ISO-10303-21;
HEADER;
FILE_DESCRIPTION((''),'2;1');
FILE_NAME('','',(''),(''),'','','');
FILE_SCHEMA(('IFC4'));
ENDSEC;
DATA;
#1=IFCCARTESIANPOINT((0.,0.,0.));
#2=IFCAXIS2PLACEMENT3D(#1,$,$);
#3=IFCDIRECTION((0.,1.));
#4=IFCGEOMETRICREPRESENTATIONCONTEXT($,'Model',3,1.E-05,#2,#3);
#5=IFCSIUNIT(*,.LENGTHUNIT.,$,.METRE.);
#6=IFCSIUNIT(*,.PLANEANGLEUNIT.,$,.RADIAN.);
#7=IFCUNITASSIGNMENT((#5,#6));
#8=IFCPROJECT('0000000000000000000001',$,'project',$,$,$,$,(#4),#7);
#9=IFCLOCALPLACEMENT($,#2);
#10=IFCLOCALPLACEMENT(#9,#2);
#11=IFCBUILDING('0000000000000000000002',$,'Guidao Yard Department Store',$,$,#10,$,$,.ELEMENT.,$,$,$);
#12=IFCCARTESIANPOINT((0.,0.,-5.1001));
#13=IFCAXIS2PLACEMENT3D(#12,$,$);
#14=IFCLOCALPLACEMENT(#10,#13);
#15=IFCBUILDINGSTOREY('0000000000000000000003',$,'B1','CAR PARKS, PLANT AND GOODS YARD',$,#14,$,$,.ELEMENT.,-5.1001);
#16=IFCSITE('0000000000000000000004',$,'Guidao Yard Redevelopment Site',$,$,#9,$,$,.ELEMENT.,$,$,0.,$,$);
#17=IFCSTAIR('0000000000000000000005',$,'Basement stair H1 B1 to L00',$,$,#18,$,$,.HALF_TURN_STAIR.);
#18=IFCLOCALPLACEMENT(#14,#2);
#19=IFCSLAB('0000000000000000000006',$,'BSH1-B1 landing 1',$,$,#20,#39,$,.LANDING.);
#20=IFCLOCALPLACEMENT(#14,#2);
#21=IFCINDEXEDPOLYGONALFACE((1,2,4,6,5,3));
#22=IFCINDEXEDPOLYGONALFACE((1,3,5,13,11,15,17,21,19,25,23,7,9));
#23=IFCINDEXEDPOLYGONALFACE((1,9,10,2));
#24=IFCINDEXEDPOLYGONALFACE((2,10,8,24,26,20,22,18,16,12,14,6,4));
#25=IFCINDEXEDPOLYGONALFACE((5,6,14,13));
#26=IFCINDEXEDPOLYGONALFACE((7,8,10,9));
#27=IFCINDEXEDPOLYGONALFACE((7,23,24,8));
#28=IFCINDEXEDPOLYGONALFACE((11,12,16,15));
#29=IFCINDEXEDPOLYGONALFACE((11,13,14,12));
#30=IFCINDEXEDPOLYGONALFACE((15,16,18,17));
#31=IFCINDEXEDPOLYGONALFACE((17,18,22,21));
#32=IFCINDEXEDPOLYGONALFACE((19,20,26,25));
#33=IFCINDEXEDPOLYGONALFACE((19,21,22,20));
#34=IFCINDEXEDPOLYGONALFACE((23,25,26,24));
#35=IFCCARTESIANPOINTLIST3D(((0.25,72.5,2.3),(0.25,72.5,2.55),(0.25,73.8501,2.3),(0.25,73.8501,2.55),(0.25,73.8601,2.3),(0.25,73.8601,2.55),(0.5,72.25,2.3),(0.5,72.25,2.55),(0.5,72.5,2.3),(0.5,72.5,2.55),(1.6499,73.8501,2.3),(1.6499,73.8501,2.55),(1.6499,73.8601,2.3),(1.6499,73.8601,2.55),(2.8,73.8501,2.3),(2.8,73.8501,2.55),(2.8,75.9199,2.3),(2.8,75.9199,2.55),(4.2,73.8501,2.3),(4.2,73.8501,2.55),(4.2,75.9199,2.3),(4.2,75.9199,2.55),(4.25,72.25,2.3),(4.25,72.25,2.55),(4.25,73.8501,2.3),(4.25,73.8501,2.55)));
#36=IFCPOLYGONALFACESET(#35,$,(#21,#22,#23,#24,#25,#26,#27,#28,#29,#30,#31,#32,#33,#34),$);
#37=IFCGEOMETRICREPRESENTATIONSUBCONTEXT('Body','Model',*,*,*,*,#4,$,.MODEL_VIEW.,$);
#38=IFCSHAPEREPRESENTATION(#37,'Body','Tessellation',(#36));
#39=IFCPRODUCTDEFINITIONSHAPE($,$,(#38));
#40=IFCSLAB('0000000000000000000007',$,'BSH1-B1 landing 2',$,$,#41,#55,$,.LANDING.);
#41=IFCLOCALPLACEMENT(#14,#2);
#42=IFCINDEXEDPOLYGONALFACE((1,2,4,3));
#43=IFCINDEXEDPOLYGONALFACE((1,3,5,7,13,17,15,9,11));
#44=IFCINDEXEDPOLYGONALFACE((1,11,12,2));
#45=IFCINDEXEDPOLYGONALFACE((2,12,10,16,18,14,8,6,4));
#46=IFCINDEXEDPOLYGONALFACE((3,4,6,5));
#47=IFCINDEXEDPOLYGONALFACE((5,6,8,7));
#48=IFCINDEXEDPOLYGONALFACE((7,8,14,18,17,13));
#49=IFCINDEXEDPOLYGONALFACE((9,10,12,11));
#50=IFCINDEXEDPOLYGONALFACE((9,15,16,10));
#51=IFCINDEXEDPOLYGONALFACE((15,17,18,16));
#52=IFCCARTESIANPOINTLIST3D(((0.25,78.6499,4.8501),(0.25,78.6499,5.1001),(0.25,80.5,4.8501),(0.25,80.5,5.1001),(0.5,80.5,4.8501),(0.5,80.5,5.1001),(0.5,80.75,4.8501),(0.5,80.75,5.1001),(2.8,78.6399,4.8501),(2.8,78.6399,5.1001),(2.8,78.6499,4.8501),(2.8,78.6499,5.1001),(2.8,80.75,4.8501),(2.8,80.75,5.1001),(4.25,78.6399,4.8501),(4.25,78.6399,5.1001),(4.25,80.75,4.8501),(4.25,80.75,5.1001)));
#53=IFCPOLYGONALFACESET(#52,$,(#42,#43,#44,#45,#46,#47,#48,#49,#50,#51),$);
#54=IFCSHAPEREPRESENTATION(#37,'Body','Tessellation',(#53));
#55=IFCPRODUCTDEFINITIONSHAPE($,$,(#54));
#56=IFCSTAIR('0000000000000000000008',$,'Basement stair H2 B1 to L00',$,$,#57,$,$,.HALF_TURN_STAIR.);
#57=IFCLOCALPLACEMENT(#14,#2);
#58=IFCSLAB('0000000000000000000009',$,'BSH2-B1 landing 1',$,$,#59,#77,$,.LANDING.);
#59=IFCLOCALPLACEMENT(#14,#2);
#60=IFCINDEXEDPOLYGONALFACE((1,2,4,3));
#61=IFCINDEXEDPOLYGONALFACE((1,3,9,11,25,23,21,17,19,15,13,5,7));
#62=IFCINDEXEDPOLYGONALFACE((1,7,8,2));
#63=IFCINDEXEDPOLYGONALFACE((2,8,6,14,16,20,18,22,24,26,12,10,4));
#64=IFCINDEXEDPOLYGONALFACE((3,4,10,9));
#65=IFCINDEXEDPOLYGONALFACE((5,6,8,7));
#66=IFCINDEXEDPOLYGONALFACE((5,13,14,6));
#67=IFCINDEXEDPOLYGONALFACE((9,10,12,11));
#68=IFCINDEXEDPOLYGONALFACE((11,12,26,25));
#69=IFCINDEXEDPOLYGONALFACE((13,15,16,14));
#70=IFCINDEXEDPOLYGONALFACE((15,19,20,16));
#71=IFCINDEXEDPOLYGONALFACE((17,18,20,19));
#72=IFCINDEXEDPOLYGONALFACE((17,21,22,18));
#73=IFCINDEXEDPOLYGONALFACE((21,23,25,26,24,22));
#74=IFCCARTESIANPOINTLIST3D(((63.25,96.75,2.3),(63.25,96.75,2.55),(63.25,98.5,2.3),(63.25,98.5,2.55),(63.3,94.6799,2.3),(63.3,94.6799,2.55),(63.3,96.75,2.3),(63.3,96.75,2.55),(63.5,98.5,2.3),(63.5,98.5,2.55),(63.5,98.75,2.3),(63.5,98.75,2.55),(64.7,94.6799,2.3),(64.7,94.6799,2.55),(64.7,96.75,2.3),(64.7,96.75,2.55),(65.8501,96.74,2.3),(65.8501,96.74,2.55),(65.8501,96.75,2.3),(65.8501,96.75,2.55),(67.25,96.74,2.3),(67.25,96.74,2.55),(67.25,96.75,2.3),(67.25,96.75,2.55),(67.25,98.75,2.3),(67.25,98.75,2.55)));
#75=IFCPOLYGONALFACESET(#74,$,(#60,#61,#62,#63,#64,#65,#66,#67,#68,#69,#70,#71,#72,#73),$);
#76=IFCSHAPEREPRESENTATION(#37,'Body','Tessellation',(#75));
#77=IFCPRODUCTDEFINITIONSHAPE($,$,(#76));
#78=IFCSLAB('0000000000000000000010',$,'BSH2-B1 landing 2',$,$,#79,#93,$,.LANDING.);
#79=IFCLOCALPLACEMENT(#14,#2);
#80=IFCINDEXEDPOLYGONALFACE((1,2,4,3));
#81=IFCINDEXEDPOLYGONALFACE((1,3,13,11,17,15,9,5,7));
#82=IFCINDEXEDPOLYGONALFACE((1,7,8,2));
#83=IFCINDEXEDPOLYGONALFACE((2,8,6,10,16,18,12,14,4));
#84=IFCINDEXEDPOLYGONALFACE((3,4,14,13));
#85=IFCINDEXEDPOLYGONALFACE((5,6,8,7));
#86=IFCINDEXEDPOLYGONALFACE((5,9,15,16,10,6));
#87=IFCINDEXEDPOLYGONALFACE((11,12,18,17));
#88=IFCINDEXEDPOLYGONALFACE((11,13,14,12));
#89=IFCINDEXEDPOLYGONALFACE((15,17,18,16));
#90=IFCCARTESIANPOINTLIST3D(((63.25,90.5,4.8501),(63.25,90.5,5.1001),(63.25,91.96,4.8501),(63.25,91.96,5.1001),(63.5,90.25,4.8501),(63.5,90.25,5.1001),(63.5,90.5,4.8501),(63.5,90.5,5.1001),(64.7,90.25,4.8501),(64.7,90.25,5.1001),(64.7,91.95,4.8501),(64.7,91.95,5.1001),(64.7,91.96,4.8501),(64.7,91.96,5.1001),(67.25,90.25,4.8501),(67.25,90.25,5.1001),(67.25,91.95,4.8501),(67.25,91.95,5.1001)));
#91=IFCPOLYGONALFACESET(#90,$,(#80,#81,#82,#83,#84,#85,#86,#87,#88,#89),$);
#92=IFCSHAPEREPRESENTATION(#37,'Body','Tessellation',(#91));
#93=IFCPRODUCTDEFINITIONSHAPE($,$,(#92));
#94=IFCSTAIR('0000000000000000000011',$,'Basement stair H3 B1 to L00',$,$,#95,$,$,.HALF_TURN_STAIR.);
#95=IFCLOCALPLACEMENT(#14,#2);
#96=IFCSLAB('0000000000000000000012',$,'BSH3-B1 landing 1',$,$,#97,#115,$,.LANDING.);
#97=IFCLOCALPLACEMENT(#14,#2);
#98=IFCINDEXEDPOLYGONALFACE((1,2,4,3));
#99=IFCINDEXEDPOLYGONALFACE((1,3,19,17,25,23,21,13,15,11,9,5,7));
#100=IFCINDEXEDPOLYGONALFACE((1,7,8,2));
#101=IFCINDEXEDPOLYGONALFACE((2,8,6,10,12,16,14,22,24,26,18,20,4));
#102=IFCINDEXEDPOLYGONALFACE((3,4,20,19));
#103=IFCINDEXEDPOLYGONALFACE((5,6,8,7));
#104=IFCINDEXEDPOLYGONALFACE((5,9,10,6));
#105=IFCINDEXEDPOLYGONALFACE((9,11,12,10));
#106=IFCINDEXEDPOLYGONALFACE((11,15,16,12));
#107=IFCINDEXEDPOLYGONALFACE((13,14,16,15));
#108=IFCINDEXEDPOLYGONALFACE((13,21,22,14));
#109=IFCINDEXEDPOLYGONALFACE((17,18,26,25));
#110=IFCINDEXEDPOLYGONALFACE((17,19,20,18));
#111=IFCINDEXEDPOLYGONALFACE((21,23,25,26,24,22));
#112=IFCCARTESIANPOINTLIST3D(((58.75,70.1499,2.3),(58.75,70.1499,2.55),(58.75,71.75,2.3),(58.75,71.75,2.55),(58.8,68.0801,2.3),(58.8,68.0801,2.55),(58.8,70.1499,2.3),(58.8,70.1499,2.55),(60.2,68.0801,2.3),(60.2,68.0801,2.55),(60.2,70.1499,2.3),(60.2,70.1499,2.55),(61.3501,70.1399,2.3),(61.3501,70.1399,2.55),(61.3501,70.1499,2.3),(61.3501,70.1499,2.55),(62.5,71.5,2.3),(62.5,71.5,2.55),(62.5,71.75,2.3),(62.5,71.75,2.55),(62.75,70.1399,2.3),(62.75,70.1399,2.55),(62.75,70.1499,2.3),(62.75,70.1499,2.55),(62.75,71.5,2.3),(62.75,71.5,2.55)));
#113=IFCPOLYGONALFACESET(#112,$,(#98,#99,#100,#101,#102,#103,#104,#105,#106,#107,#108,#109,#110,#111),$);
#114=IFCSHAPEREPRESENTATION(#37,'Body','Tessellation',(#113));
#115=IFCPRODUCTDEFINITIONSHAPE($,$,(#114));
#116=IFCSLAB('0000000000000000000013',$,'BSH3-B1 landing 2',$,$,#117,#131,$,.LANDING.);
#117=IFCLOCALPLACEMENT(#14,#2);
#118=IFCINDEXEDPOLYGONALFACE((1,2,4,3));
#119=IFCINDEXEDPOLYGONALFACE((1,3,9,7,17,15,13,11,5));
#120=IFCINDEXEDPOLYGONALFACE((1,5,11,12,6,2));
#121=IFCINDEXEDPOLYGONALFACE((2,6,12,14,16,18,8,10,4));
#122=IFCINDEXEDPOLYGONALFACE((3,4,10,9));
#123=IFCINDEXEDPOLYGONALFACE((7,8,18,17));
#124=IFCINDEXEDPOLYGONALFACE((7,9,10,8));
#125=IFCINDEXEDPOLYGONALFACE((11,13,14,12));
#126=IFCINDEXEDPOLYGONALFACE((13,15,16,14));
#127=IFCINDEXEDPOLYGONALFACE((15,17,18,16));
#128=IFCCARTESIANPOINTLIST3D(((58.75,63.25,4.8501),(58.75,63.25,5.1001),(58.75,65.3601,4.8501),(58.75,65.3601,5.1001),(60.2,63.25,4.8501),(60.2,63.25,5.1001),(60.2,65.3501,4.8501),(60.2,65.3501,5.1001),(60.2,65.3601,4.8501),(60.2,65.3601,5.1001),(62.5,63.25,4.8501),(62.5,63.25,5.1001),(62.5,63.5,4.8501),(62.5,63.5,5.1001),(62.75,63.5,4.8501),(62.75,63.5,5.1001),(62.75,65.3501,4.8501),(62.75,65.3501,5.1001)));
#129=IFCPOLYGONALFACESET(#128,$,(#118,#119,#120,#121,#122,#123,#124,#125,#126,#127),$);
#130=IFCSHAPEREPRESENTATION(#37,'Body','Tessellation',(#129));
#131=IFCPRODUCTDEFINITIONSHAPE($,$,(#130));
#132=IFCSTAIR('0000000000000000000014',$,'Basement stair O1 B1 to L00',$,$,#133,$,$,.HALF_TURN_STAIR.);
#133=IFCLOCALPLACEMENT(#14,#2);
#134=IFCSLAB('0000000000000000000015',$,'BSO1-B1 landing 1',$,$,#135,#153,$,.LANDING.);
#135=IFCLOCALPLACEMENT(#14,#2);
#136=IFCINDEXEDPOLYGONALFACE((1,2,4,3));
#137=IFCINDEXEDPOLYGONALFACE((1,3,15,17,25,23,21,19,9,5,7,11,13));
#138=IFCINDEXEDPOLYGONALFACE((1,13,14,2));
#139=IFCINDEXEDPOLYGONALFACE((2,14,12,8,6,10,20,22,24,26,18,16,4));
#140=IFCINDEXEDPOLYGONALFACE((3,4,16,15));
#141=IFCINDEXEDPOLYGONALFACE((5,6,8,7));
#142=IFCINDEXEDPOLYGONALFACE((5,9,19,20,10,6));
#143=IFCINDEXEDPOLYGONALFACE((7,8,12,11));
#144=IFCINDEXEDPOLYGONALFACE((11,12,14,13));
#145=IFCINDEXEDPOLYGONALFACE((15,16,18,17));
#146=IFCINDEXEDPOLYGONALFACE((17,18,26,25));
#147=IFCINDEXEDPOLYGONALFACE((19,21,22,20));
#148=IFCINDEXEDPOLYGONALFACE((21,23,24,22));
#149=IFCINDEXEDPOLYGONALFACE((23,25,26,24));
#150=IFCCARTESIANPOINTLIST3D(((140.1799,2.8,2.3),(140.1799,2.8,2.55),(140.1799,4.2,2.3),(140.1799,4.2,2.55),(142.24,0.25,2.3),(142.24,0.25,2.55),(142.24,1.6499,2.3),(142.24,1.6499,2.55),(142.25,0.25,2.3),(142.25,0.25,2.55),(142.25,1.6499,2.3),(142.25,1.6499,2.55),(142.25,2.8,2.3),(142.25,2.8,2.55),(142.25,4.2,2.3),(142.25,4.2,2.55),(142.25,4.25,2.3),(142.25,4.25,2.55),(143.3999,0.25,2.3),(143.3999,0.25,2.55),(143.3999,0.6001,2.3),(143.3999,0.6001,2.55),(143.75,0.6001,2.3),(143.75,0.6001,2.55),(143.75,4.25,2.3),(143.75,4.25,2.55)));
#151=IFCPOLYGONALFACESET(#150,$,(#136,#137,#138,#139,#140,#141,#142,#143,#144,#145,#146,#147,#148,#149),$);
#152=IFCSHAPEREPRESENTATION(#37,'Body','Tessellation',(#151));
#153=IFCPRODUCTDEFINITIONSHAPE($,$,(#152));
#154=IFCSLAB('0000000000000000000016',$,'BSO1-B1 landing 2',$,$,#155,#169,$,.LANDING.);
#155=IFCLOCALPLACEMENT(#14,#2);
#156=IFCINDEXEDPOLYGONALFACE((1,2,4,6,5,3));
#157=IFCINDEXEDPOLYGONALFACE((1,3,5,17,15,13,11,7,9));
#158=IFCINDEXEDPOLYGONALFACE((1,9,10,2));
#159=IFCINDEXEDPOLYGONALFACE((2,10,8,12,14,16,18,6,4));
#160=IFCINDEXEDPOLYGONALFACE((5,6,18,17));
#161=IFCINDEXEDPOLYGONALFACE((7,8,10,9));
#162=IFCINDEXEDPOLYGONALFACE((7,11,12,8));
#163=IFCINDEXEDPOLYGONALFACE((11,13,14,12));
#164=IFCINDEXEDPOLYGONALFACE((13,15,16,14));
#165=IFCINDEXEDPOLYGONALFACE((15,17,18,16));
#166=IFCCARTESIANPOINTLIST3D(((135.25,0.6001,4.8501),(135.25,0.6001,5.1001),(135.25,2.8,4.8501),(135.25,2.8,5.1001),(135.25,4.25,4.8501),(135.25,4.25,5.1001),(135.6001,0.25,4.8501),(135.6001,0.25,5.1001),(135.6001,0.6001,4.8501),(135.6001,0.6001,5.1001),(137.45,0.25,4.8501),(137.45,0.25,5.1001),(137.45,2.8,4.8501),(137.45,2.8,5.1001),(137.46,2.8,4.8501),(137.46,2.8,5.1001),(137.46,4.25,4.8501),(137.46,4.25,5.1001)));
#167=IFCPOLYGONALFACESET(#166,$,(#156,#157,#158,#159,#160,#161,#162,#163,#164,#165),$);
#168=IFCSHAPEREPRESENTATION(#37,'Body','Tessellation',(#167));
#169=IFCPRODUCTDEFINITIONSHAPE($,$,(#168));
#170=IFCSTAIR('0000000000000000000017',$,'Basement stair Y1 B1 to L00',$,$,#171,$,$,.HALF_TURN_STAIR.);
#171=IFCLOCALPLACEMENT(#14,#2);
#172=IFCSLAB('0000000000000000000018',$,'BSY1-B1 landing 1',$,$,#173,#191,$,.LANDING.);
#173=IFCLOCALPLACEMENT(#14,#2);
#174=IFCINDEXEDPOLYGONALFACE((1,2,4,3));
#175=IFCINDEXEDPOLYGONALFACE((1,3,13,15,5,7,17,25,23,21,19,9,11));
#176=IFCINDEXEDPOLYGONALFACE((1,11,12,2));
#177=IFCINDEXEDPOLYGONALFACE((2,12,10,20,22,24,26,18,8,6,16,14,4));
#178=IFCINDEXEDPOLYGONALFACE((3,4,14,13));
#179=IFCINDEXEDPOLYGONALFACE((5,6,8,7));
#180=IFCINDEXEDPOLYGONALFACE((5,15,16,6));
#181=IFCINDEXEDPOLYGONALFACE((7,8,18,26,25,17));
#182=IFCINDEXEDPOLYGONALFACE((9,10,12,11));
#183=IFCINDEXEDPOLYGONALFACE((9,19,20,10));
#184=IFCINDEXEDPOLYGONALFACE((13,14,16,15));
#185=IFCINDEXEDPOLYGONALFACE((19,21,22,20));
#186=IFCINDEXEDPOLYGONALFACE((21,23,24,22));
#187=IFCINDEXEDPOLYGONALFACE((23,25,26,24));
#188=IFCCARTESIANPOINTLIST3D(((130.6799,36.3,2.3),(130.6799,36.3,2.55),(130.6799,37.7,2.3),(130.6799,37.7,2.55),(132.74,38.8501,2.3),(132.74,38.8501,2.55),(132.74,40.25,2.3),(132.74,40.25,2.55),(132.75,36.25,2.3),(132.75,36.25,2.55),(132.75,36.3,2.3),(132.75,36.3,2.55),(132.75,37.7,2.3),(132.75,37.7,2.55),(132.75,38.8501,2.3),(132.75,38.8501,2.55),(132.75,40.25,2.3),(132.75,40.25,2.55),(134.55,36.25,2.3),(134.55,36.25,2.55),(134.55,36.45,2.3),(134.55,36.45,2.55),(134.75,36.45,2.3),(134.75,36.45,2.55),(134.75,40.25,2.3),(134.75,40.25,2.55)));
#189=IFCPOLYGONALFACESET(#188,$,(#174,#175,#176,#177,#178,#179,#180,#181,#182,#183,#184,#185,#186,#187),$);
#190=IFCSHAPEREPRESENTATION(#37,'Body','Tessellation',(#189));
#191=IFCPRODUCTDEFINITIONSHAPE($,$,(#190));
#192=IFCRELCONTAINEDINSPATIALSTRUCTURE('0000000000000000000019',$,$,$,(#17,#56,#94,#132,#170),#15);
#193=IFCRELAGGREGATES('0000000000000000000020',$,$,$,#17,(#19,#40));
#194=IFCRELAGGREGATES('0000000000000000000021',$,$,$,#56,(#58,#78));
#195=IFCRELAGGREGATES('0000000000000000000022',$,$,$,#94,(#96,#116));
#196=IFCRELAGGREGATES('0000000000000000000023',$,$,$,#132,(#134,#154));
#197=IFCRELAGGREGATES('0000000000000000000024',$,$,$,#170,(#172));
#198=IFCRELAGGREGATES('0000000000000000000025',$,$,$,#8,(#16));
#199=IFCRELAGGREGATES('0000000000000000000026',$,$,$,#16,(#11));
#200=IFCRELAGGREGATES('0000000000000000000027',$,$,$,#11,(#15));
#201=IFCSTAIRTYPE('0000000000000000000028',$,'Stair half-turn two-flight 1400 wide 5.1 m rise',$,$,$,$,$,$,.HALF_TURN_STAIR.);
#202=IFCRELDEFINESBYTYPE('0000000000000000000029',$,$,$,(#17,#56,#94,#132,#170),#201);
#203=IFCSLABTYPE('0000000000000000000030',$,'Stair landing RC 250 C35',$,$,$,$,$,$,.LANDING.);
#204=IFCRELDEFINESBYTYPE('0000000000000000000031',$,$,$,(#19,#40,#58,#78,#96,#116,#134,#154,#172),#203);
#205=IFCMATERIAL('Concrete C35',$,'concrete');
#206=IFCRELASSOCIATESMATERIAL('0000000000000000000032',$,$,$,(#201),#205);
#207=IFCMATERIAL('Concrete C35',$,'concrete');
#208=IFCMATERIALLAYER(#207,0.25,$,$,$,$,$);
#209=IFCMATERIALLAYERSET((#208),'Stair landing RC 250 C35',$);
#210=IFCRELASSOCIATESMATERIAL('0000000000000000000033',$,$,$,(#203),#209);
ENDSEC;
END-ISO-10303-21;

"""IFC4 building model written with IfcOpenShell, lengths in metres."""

from ifc_helpers import new_model, si_unit, direction, frame, origin, place, context, subcontext, project, spatial, polyline, outline, extrude, material, layer, layer_set, type_object, element, aggregate, save


model = new_model("IFC4")

# Units and contexts
model_context = context("Model", 3, precision=1e-05, world=origin(), true_north=direction((0.0, 1.0)))
body_context = subcontext(model_context, "Body", "Model", "MODEL_VIEW")
ifc_project = project(units=[si_unit("LENGTHUNIT", "METRE"), si_unit("PLANEANGLEUNIT", "RADIAN")], contexts=[model_context])

# Site, building, storey
site_placement = place(None, origin())
site = spatial("IfcSite", under=ifc_project, at=site_placement, Name="Guidao Yard Redevelopment Site", CompositionType="ELEMENT", RefElevation=0.0)
building_placement = place(site_placement, origin())
building = spatial("IfcBuilding", under=site, at=building_placement, Name="Guidao Yard Department Store", CompositionType="ELEMENT")
storey_placement = place(building_placement, frame((0.0, 0.0, -5.1001)))
storey = spatial("IfcBuildingStorey", under=building, at=storey_placement, Name="B1", Description="CAR PARKS, PLANT AND GOODS YARD", CompositionType="ELEMENT", Elevation=-5.1001)

# Stairs, slabs
ifc_material_1 = material(Name="Concrete C35", Category="concrete")
stair_type = type_object("IfcStairType", Name="Stair half-turn two-flight 1400 wide 5.1 m rise", PredefinedType="HALF_TURN_STAIR", material=ifc_material_1)
ifc_material_2 = material(Name="Concrete C35", Category="concrete")
ifc_layer_1 = layer(ifc_material_2, 0.25)
ifc_layer_set_1 = layer_set([ifc_layer_1], Name="Stair landing RC 250 C35")
slab_type_1 = type_object("IfcSlabType", Name="Stair landing RC 250 C35", PredefinedType="LANDING", material=ifc_layer_set_1)
stair_1_placement = place(storey_placement, origin())
stair_1 = element("IfcStair", 1, at=stair_1_placement, inside=storey, type_object=stair_type, Name="Basement stair H1 B1 to L00", PredefinedType="HALF_TURN_STAIR")
slab_1_placement = place(storey_placement, frame((0.0, 0.0, 2.3)))
slab_1 = element("IfcSlab", 2, at=slab_1_placement, type_object=slab_type_1, Name="BSH1-B1 landing 1", PredefinedType="LANDING", context=body_context, shape_type="SweptSolid", body=[
    extrude(outline(polyline([(0.5, 72.25), (0.5, 72.5), (0.25, 72.5), (0.25, 73.8501), (0.25, 73.8601), (1.6499, 73.8601), (1.6499, 73.8501), (2.8, 73.8501), (2.8, 75.9199), (4.2, 75.9199), (4.2, 73.8501), (4.25, 73.8501), (4.25, 72.25), (0.5, 72.25)])), origin(), (0.0, 0.0, 1.0), 0.25),
])
slab_2_placement = place(storey_placement, frame((0.0, 0.0, 4.8501)))
slab_2 = element("IfcSlab", 3, at=slab_2_placement, type_object=slab_type_1, Name="BSH1-B1 landing 2", PredefinedType="LANDING", context=body_context, shape_type="SweptSolid", body=[
    extrude(outline(polyline([(2.8, 78.6399), (2.8, 78.6499), (0.25, 78.6499), (0.25, 80.5), (0.5, 80.5), (0.5, 80.75), (2.8, 80.75), (4.25, 80.75), (4.25, 78.6399), (2.8, 78.6399)])), origin(), (0.0, 0.0, 1.0), 0.25),
])
aggregate(stair_1, [slab_1, slab_2])
stair_2_placement = place(storey_placement, origin())
stair_2 = element("IfcStair", 4, at=stair_2_placement, inside=storey, type_object=stair_type, Name="Basement stair H2 B1 to L00", PredefinedType="HALF_TURN_STAIR")
slab_3_placement = place(storey_placement, frame((0.0, 0.0, 2.3)))
slab_3 = element("IfcSlab", 5, at=slab_3_placement, type_object=slab_type_1, Name="BSH2-B1 landing 1", PredefinedType="LANDING", context=body_context, shape_type="SweptSolid", body=[
    extrude(outline(polyline([(63.3, 96.75), (63.25, 96.75), (63.25, 98.5), (63.5, 98.5), (63.5, 98.75), (67.25, 98.75), (67.25, 96.75), (67.25, 96.74), (65.8501, 96.74), (65.8501, 96.75), (64.7, 96.75), (64.7, 94.6799), (63.3, 94.6799), (63.3, 96.75)])), origin(), (0.0, 0.0, 1.0), 0.25),
])
slab_4_placement = place(storey_placement, frame((0.0, 0.0, 4.8501)))
slab_4 = element("IfcSlab", 6, at=slab_4_placement, type_object=slab_type_1, Name="BSH2-B1 landing 2", PredefinedType="LANDING", context=body_context, shape_type="SweptSolid", body=[
    extrude(outline(polyline([(64.7, 90.25), (63.5, 90.25), (63.5, 90.5), (63.25, 90.5), (63.25, 91.96), (64.7, 91.96), (64.7, 91.95), (67.25, 91.95), (67.25, 90.25), (64.7, 90.25)])), origin(), (0.0, 0.0, 1.0), 0.25),
])
aggregate(stair_2, [slab_3, slab_4])
stair_3_placement = place(storey_placement, origin())
stair_3 = element("IfcStair", 7, at=stair_3_placement, inside=storey, type_object=stair_type, Name="Basement stair H3 B1 to L00", PredefinedType="HALF_TURN_STAIR")
slab_5_placement = place(storey_placement, frame((0.0, 0.0, 2.3)))
slab_5 = element("IfcSlab", 8, at=slab_5_placement, type_object=slab_type_1, Name="BSH3-B1 landing 1", PredefinedType="LANDING", context=body_context, shape_type="SweptSolid", body=[
    extrude(outline(polyline([(58.8, 70.1499), (58.75, 70.1499), (58.75, 71.75), (62.5, 71.75), (62.5, 71.5), (62.75, 71.5), (62.75, 70.1499), (62.75, 70.1399), (61.3501, 70.1399), (61.3501, 70.1499), (60.2, 70.1499), (60.2, 68.0801), (58.8, 68.0801), (58.8, 70.1499)])), origin(), (0.0, 0.0, 1.0), 0.25),
])
slab_6_placement = place(storey_placement, frame((0.0, 0.0, 4.8501)))
slab_6 = element("IfcSlab", 9, at=slab_6_placement, type_object=slab_type_1, Name="BSH3-B1 landing 2", PredefinedType="LANDING", context=body_context, shape_type="SweptSolid", body=[
    extrude(outline(polyline([(62.5, 63.5), (62.5, 63.25), (60.2, 63.25), (58.75, 63.25), (58.75, 65.3601), (60.2, 65.3601), (60.2, 65.3501), (62.75, 65.3501), (62.75, 63.5), (62.5, 63.5)])), origin(), (0.0, 0.0, 1.0), 0.25),
])
aggregate(stair_3, [slab_5, slab_6])
stair_4_placement = place(storey_placement, origin())
stair_4 = element("IfcStair", 10, at=stair_4_placement, inside=storey, type_object=stair_type, Name="Basement stair O1 B1 to L00", PredefinedType="HALF_TURN_STAIR")
slab_7_placement = place(storey_placement, frame((0.0, 0.0, 2.3)))
slab_7 = element("IfcSlab", 11, at=slab_7_placement, type_object=slab_type_1, Name="BSO1-B1 landing 1", PredefinedType="LANDING", context=body_context, shape_type="SweptSolid", body=[
    extrude(outline(polyline([(142.25, 1.6499), (142.25, 2.8), (140.1799, 2.8), (140.1799, 4.2), (142.25, 4.2), (142.25, 4.25), (143.75, 4.25), (143.75, 0.6001), (143.3999, 0.6001), (143.3999, 0.25), (142.25, 0.25), (142.24, 0.25), (142.24, 1.6499), (142.25, 1.6499)])), origin(), (0.0, 0.0, 1.0), 0.25),
])
slab_8_placement = place(storey_placement, frame((0.0, 0.0, 4.8501)))
slab_8 = element("IfcSlab", 12, at=slab_8_placement, type_object=slab_type_1, Name="BSO1-B1 landing 2", PredefinedType="LANDING", context=body_context, shape_type="SweptSolid", body=[
    extrude(outline(polyline([(135.6001, 0.6001), (135.25, 0.6001), (135.25, 2.8), (135.25, 4.25), (137.46, 4.25), (137.46, 2.8), (137.45, 2.8), (137.45, 0.25), (135.6001, 0.25), (135.6001, 0.6001)])), origin(), (0.0, 0.0, 1.0), 0.25),
])
aggregate(stair_4, [slab_7, slab_8])
stair_5_placement = place(storey_placement, origin())
stair_5 = element("IfcStair", 13, at=stair_5_placement, inside=storey, type_object=stair_type, Name="Basement stair Y1 B1 to L00", PredefinedType="HALF_TURN_STAIR")
slab_9_placement = place(storey_placement, frame((0.0, 0.0, 2.3)))
slab_9 = element("IfcSlab", 14, at=slab_9_placement, type_object=slab_type_1, Name="BSY1-B1 landing 1", PredefinedType="LANDING", context=body_context, shape_type="SweptSolid", body=[
    extrude(outline(polyline([(132.75, 37.7), (132.75, 38.8501), (132.74, 38.8501), (132.74, 40.25), (132.75, 40.25), (134.75, 40.25), (134.75, 36.45), (134.55, 36.45), (134.55, 36.25), (132.75, 36.25), (132.75, 36.3), (130.6799, 36.3), (130.6799, 37.7), (132.75, 37.7)])), origin(), (0.0, 0.0, 1.0), 0.25),
])
aggregate(stair_5, [slab_9])

save(model, "model.ifc")
